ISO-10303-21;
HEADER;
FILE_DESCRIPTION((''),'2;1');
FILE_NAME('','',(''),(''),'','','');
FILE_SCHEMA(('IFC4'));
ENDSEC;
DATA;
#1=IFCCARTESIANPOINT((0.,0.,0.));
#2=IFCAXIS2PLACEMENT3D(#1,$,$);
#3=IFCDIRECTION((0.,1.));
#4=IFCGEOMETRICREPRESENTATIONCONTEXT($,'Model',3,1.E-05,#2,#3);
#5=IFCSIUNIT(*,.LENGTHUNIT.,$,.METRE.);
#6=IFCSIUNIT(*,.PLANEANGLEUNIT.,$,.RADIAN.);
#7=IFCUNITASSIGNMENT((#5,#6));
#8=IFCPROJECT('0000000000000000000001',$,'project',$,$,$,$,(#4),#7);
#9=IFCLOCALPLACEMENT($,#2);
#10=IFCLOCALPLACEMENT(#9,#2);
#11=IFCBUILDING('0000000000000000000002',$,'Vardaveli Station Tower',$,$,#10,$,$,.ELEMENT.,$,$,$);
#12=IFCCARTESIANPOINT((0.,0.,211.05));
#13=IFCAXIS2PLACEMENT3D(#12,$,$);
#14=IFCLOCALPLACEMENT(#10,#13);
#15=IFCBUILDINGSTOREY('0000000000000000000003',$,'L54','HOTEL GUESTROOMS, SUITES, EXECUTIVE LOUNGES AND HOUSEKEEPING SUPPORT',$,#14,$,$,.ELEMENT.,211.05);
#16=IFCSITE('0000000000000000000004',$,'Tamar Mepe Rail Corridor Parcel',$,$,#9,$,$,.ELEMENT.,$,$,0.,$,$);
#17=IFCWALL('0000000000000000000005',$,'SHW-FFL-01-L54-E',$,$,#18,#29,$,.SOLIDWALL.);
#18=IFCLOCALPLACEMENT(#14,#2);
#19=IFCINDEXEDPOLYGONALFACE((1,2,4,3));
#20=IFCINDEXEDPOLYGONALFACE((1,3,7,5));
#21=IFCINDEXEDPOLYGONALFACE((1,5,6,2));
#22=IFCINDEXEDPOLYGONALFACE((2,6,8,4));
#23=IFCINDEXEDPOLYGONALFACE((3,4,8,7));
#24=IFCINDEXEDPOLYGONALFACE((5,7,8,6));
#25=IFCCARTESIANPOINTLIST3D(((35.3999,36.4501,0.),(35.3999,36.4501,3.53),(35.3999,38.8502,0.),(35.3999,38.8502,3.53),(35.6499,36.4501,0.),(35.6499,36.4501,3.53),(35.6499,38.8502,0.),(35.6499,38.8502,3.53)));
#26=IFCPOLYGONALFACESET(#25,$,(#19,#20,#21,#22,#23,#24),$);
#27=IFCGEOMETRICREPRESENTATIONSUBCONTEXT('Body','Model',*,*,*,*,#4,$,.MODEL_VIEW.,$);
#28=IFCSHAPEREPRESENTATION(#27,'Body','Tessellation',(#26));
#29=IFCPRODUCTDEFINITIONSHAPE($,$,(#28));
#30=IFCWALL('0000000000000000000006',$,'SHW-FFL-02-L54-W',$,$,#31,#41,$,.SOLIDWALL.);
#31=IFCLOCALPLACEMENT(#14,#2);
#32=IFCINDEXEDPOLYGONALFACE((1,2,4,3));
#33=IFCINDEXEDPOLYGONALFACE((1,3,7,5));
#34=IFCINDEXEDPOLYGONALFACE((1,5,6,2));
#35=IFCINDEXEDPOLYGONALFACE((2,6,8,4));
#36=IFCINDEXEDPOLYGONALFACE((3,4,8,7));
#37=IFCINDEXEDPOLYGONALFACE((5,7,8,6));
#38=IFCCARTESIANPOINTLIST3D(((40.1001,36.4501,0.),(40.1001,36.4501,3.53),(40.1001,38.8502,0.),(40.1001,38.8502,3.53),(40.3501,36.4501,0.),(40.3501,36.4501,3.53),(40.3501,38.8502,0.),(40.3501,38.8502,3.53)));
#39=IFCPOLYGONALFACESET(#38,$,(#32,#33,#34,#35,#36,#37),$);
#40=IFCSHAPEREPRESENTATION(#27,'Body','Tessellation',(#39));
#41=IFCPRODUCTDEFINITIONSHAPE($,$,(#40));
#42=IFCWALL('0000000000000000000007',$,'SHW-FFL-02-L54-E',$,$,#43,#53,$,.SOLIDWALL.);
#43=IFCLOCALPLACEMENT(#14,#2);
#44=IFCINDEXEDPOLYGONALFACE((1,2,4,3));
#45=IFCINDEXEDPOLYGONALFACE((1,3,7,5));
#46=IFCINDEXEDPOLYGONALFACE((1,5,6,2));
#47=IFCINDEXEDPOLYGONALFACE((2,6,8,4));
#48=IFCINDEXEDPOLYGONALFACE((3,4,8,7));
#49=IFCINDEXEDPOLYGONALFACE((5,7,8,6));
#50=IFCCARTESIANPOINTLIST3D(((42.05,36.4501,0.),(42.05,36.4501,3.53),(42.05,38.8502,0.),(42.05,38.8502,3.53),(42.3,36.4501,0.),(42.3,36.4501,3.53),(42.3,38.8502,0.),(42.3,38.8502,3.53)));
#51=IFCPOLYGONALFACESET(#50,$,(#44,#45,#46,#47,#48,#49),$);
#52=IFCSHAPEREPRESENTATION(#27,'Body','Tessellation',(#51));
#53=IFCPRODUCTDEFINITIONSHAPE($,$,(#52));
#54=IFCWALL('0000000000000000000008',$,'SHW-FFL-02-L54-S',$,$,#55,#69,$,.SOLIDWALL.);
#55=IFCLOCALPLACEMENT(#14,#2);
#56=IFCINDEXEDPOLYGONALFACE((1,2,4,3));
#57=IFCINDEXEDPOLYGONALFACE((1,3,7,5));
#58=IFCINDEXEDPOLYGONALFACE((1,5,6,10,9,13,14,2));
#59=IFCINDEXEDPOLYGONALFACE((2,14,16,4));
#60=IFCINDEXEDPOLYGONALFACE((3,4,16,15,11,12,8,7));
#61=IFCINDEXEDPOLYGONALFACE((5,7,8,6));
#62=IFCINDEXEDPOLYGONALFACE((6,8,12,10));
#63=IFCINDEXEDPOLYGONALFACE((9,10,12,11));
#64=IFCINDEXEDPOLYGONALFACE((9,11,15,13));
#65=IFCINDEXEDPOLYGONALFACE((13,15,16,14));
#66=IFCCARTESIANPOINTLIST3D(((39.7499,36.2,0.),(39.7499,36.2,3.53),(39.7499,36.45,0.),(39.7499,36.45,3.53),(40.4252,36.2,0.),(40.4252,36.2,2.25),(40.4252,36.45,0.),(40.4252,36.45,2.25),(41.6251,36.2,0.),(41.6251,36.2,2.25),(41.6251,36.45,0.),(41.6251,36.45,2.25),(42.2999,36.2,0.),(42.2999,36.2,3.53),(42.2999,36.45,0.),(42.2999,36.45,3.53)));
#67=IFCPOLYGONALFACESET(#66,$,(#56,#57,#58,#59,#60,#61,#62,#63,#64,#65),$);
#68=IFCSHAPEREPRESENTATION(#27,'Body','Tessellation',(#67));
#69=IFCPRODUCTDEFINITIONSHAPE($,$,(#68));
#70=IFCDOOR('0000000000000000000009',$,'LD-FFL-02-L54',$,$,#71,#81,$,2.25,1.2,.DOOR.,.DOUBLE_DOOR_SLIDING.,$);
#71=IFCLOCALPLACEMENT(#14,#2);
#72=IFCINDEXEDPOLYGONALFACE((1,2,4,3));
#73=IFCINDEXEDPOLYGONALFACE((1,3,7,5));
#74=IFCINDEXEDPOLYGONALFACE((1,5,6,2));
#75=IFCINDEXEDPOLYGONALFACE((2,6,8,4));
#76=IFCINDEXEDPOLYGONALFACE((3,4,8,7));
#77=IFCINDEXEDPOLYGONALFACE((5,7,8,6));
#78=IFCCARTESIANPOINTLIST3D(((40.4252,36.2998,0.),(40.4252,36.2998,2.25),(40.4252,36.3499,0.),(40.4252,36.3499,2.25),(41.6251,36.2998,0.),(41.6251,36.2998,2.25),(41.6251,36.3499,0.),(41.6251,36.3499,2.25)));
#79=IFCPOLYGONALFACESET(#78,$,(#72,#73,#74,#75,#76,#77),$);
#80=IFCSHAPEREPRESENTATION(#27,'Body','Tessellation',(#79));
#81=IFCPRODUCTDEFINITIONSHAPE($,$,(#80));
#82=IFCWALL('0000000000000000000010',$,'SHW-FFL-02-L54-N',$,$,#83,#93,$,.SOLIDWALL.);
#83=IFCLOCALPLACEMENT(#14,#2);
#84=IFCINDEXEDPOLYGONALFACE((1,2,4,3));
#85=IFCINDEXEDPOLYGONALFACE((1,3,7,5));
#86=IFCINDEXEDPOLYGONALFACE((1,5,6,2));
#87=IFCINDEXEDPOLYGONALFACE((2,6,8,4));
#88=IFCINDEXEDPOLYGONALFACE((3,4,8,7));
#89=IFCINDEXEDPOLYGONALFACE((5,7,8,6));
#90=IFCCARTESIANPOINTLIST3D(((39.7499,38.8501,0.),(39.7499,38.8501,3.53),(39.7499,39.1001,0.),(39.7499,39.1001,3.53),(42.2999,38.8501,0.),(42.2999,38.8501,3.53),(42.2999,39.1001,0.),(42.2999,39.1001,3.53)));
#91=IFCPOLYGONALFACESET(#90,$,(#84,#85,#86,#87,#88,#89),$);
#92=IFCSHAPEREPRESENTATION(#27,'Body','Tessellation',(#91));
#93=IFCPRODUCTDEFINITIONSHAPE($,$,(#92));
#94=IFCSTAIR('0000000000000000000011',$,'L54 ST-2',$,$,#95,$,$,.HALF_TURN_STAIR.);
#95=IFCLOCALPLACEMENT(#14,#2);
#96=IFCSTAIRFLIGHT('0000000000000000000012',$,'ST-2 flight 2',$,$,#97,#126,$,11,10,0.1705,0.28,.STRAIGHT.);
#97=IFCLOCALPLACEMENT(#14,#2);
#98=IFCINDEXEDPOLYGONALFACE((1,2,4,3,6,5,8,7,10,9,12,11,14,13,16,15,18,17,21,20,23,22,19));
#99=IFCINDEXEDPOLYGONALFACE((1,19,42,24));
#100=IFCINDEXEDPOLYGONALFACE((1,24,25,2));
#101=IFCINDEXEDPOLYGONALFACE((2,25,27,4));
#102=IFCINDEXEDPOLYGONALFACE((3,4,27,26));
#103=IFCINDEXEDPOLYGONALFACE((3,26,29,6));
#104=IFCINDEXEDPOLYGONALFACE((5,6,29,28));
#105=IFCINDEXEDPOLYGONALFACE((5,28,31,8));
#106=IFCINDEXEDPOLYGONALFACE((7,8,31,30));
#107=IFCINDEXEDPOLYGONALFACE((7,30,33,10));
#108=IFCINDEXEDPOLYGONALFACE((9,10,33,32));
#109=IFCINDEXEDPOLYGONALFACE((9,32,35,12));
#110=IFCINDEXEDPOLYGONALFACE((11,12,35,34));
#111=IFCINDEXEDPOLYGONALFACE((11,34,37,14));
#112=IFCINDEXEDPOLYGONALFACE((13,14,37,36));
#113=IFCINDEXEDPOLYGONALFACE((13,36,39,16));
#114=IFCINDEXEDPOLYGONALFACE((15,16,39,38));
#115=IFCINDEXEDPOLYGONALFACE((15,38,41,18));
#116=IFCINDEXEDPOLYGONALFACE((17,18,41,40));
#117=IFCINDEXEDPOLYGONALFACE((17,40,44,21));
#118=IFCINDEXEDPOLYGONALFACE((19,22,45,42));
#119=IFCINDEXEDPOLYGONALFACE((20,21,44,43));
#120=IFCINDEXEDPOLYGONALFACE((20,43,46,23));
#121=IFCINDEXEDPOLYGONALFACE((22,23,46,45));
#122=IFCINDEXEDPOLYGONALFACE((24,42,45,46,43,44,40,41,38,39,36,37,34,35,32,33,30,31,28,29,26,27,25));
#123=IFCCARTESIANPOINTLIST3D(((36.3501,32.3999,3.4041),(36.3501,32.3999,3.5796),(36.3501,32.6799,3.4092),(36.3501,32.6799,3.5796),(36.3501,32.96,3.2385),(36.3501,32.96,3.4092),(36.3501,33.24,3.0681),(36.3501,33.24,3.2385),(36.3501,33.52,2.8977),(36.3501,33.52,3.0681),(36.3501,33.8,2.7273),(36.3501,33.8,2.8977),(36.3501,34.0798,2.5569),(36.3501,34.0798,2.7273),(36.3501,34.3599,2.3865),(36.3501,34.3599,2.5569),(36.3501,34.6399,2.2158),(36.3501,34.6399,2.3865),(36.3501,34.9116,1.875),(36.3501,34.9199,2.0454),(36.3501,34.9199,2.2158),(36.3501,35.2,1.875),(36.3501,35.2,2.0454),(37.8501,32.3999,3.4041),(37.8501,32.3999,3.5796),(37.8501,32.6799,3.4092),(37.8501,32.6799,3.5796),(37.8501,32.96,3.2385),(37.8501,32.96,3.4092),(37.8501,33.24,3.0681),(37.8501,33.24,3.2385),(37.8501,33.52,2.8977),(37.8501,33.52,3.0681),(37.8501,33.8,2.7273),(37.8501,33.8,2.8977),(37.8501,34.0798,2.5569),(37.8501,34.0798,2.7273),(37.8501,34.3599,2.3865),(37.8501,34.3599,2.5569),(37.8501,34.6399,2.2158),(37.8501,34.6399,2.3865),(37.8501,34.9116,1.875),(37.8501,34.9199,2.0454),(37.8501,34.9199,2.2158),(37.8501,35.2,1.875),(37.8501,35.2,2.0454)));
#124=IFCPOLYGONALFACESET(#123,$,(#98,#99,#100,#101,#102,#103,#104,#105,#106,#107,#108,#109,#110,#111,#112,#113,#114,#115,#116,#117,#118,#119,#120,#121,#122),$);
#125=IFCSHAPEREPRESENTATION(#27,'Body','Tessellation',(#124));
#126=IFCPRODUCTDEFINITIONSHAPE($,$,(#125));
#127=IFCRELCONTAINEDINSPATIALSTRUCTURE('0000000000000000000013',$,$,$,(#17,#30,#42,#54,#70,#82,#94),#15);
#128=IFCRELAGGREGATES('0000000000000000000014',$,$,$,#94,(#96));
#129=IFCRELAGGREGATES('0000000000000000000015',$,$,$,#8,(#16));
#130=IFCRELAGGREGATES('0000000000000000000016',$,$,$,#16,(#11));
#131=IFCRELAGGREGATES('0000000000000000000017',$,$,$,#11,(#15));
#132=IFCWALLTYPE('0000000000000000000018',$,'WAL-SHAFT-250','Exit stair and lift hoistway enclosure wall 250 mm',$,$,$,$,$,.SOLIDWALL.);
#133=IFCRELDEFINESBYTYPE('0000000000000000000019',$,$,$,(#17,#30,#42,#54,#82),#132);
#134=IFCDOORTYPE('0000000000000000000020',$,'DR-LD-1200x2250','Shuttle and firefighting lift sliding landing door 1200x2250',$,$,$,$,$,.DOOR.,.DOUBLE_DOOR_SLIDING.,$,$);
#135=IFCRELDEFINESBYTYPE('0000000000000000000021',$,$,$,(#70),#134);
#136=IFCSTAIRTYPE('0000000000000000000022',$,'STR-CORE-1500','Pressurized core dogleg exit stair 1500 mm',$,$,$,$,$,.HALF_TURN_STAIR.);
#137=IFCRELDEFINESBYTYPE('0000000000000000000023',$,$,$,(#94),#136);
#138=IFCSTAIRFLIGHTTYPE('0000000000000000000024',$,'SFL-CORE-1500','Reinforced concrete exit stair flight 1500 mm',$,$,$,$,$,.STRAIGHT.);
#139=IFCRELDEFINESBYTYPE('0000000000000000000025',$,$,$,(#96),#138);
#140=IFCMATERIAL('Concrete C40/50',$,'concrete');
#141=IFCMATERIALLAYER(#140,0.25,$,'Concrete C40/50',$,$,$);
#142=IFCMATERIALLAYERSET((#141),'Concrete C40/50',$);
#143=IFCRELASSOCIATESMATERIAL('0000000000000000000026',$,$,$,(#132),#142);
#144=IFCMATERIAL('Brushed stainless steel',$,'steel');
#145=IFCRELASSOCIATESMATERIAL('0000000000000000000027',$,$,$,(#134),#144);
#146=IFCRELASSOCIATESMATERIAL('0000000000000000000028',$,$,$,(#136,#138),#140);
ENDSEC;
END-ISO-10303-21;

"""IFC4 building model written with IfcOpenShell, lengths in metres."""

from ifc_helpers import new_model, si_unit, direction, frame, frame_2d, origin, place, context, subcontext, project, spatial, polyline, rectangle, outline, extrude, source, transform, mapped, material, layer, layer_set, type_object, element, fill, aggregate, save


model = new_model("IFC4")

# Units and contexts
model_context = context("Model", 3, precision=1e-05, world=origin(), true_north=direction((0.0, 1.0)))
body_context = subcontext(model_context, "Body", "Model", "MODEL_VIEW")
ifc_project = project(units=[si_unit("LENGTHUNIT", "METRE"), si_unit("PLANEANGLEUNIT", "RADIAN")], contexts=[model_context])

# Site, building, storey
site_placement = place(None, origin())
site = spatial("IfcSite", under=ifc_project, at=site_placement, Name="Tamar Mepe Rail Corridor Parcel", CompositionType="ELEMENT", RefElevation=0.0)
building_placement = place(site_placement, origin())
building = spatial("IfcBuilding", under=site, at=building_placement, Name="Vardaveli Station Tower", CompositionType="ELEMENT")
storey_placement = place(building_placement, frame((0.0, 0.0, 211.05)))
storey = spatial("IfcBuildingStorey", under=building, at=storey_placement, Name="L54", Description="HOTEL GUESTROOMS, SUITES, EXECUTIVE LOUNGES AND HOUSEKEEPING SUPPORT", CompositionType="ELEMENT", Elevation=211.05)

# Walls
ifc_material_1 = material(Name="Concrete C40/50", Category="concrete")
ifc_layer_1 = layer(ifc_material_1, 0.25, Name="Concrete C40/50")
ifc_layer_set_1 = layer_set([ifc_layer_1], Name="Concrete C40/50")
wall_type = type_object("IfcWallType", Name="WAL-SHAFT-250", Description="Exit stair and lift hoistway enclosure wall 250 mm", PredefinedType="SOLIDWALL", material=ifc_layer_set_1)
shared_shape_1 = source(origin(), body_context, "Body", "SweptSolid", [
    extrude(rectangle(XDim=2.4001, YDim=0.25, at=frame_2d((1.2002, 0.0))), origin(), (0.0, 0.0, 1.0), 3.53),
])
for number, where, z_axis, x_axis, name in (
    (1, (35.5249, 36.45, 0.0), (0.0, 0.0, 1.0), (0.0, 1.0, 0.0), "SHW-FFL-01-L54-E"),
    (2, (40.2251, 36.45, 0.0), (0.0, 0.0, 1.0), (0.0, 1.0, 0.0), "SHW-FFL-02-L54-W"),
    (3, (42.175, 36.45, 0.0), (0.0, 0.0, 1.0), (0.0, 1.0, 0.0), "SHW-FFL-02-L54-E"),
):
    element("IfcWall", number, at=place(storey_placement, frame(where, z_axis=z_axis, x_axis=x_axis)), inside=storey, type_object=wall_type, Name=name, PredefinedType="SOLIDWALL", context=body_context, shape_type="MappedRepresentation", body=[
        mapped(shared_shape_1, transform((0.0, 0.0, 0.0), scale=1.0)),
    ])

# Wall, opening, door
shared_shape_2 = source(origin(), body_context, "Body", "SweptSolid", [
    extrude(rectangle(XDim=2.55, YDim=0.25, at=frame_2d((1.2749, 0.0))), origin(), (0.0, 0.0, 1.0), 3.53),
])
wall_1_placement = place(storey_placement, frame((39.75, 36.325, 0.0), z_axis=(0.0, 0.0, 1.0), x_axis=(1.0, 0.0, 0.0)))
wall_1 = element("IfcWall", 4, at=wall_1_placement, inside=storey, type_object=wall_type, Name="SHW-FFL-02-L54-S", PredefinedType="SOLIDWALL", context=body_context, shape_type="MappedRepresentation", body=[
    mapped(shared_shape_2, transform((0.0, 0.0, 0.0), scale=1.0)),
])
shared_shape_3 = source(origin(), body_context, "Body", "SweptSolid", [
    extrude(rectangle(XDim=1.2, YDim=2.25, at=frame_2d((0.6001, 1.125))), frame((0.0, 0.135, 0.0), z_axis=(0.0, -1.0, 0.0), x_axis=(1.0, 0.0, 0.0)), (0.0, 0.0, 1.0), 0.27),
])
opening_placement = place(wall_1_placement, frame((0.675, 0.0, 0.0)))
opening = element("IfcOpeningElement", 5, at=opening_placement, cuts=wall_1, PredefinedType="OPENING", context=body_context, shape_type="MappedRepresentation", body=[
    mapped(shared_shape_3, transform((0.0, 0.0, 0.0), scale=1.0)),
])
ifc_material_2 = material(Name="Brushed stainless steel", Category="steel")
door_type = type_object("IfcDoorType", Name="DR-LD-1200x2250", Description="Shuttle and firefighting lift sliding landing door 1200x2250", OperationType="DOUBLE_DOOR_SLIDING", PredefinedType="DOOR", material=ifc_material_2)
shared_shape_4 = source(origin(), body_context, "Body", "SweptSolid", [
    extrude(rectangle(XDim=1.2, YDim=2.25, at=frame_2d((0.6001, 1.125))), frame((0.0, 0.0249, 0.0), z_axis=(0.0, -1.0, 0.0), x_axis=(1.0, 0.0, 0.0)), (0.0, 0.0, 1.0), 0.05),
])
door_placement = place(opening_placement, origin())
door = element("IfcDoor", 6, at=door_placement, inside=storey, type_object=door_type, Name="LD-FFL-02-L54", OperationType="DOUBLE_DOOR_SLIDING", OverallHeight=2.25, OverallWidth=1.2, PredefinedType="DOOR", context=body_context, shape_type="MappedRepresentation", body=[
    mapped(shared_shape_4, transform((0.0, 0.0, 0.0), scale=1.0)),
])
fill(opening, door)

# Wall
wall_2_placement = place(storey_placement, frame((39.75, 38.9751, 0.0), z_axis=(0.0, 0.0, 1.0), x_axis=(1.0, 0.0, 0.0)))
element("IfcWall", 7, at=wall_2_placement, inside=storey, type_object=wall_type, Name="SHW-FFL-02-L54-N", PredefinedType="SOLIDWALL", context=body_context, shape_type="MappedRepresentation", body=[
    mapped(shared_shape_2, transform((0.0, 0.0, 0.0), scale=1.0)),
])

# Stair, stair flight
stair_type = type_object("IfcStairType", Name="STR-CORE-1500", Description="Pressurized core dogleg exit stair 1500 mm", PredefinedType="HALF_TURN_STAIR", material=ifc_material_1)
stair_placement = place(storey_placement, origin())
stair = element("IfcStair", 8, at=stair_placement, inside=storey, type_object=stair_type, Name="L54 ST-2", PredefinedType="HALF_TURN_STAIR")
stair_flight_type = type_object("IfcStairFlightType", Name="SFL-CORE-1500", Description="Reinforced concrete exit stair flight 1500 mm", PredefinedType="STRAIGHT", material=ifc_material_1)
shared_shape_5 = source(origin(), body_context, "Body", "SweptSolid", [
    extrude(outline(polyline([(0.0, 0.0), (0.0, 0.1704), (0.28, 0.1704), (0.28, 0.3408), (0.5601, 0.3408), (0.5601, 0.5115), (0.8401, 0.5115), (0.8401, 0.6819), (1.1201, 0.6819), (1.1201, 0.8523), (1.3999, 0.8523), (1.3999, 1.0227), (1.6799, 1.0227), (1.6799, 1.1931), (1.96, 1.1931), (1.96, 1.3635), (2.24, 1.3635), (2.24, 1.5342), (2.52, 1.5342), (2.52, 1.7046), (2.8, 1.7046), (2.8, 1.875), (2.8, 1.5291), (0.2883, 0.0), (0.0, 0.0)])), frame((0.0, 0.75, 0.0), z_axis=(0.0, -1.0, 0.0), x_axis=(1.0, 0.0, 0.0)), (0.0, 0.0, 1.0), 1.5),
])
stair_flight_placement = place(storey_placement, frame((37.1001, 35.2, 1.875), z_axis=(0.0, 0.0, 1.0), x_axis=(0.0, -1.0, 0.0)))
stair_flight = element("IfcStairFlight", 9, at=stair_flight_placement, type_object=stair_flight_type, Name="ST-2 flight 2", NumberOfRisers=11, NumberOfTreads=10, PredefinedType="STRAIGHT", RiserHeight=0.1705, TreadLength=0.28, context=body_context, shape_type="MappedRepresentation", body=[
    mapped(shared_shape_5, transform((0.0, 0.0, 0.0), scale=1.0)),
])
aggregate(stair, [stair_flight])

save(model, "model.ifc")
